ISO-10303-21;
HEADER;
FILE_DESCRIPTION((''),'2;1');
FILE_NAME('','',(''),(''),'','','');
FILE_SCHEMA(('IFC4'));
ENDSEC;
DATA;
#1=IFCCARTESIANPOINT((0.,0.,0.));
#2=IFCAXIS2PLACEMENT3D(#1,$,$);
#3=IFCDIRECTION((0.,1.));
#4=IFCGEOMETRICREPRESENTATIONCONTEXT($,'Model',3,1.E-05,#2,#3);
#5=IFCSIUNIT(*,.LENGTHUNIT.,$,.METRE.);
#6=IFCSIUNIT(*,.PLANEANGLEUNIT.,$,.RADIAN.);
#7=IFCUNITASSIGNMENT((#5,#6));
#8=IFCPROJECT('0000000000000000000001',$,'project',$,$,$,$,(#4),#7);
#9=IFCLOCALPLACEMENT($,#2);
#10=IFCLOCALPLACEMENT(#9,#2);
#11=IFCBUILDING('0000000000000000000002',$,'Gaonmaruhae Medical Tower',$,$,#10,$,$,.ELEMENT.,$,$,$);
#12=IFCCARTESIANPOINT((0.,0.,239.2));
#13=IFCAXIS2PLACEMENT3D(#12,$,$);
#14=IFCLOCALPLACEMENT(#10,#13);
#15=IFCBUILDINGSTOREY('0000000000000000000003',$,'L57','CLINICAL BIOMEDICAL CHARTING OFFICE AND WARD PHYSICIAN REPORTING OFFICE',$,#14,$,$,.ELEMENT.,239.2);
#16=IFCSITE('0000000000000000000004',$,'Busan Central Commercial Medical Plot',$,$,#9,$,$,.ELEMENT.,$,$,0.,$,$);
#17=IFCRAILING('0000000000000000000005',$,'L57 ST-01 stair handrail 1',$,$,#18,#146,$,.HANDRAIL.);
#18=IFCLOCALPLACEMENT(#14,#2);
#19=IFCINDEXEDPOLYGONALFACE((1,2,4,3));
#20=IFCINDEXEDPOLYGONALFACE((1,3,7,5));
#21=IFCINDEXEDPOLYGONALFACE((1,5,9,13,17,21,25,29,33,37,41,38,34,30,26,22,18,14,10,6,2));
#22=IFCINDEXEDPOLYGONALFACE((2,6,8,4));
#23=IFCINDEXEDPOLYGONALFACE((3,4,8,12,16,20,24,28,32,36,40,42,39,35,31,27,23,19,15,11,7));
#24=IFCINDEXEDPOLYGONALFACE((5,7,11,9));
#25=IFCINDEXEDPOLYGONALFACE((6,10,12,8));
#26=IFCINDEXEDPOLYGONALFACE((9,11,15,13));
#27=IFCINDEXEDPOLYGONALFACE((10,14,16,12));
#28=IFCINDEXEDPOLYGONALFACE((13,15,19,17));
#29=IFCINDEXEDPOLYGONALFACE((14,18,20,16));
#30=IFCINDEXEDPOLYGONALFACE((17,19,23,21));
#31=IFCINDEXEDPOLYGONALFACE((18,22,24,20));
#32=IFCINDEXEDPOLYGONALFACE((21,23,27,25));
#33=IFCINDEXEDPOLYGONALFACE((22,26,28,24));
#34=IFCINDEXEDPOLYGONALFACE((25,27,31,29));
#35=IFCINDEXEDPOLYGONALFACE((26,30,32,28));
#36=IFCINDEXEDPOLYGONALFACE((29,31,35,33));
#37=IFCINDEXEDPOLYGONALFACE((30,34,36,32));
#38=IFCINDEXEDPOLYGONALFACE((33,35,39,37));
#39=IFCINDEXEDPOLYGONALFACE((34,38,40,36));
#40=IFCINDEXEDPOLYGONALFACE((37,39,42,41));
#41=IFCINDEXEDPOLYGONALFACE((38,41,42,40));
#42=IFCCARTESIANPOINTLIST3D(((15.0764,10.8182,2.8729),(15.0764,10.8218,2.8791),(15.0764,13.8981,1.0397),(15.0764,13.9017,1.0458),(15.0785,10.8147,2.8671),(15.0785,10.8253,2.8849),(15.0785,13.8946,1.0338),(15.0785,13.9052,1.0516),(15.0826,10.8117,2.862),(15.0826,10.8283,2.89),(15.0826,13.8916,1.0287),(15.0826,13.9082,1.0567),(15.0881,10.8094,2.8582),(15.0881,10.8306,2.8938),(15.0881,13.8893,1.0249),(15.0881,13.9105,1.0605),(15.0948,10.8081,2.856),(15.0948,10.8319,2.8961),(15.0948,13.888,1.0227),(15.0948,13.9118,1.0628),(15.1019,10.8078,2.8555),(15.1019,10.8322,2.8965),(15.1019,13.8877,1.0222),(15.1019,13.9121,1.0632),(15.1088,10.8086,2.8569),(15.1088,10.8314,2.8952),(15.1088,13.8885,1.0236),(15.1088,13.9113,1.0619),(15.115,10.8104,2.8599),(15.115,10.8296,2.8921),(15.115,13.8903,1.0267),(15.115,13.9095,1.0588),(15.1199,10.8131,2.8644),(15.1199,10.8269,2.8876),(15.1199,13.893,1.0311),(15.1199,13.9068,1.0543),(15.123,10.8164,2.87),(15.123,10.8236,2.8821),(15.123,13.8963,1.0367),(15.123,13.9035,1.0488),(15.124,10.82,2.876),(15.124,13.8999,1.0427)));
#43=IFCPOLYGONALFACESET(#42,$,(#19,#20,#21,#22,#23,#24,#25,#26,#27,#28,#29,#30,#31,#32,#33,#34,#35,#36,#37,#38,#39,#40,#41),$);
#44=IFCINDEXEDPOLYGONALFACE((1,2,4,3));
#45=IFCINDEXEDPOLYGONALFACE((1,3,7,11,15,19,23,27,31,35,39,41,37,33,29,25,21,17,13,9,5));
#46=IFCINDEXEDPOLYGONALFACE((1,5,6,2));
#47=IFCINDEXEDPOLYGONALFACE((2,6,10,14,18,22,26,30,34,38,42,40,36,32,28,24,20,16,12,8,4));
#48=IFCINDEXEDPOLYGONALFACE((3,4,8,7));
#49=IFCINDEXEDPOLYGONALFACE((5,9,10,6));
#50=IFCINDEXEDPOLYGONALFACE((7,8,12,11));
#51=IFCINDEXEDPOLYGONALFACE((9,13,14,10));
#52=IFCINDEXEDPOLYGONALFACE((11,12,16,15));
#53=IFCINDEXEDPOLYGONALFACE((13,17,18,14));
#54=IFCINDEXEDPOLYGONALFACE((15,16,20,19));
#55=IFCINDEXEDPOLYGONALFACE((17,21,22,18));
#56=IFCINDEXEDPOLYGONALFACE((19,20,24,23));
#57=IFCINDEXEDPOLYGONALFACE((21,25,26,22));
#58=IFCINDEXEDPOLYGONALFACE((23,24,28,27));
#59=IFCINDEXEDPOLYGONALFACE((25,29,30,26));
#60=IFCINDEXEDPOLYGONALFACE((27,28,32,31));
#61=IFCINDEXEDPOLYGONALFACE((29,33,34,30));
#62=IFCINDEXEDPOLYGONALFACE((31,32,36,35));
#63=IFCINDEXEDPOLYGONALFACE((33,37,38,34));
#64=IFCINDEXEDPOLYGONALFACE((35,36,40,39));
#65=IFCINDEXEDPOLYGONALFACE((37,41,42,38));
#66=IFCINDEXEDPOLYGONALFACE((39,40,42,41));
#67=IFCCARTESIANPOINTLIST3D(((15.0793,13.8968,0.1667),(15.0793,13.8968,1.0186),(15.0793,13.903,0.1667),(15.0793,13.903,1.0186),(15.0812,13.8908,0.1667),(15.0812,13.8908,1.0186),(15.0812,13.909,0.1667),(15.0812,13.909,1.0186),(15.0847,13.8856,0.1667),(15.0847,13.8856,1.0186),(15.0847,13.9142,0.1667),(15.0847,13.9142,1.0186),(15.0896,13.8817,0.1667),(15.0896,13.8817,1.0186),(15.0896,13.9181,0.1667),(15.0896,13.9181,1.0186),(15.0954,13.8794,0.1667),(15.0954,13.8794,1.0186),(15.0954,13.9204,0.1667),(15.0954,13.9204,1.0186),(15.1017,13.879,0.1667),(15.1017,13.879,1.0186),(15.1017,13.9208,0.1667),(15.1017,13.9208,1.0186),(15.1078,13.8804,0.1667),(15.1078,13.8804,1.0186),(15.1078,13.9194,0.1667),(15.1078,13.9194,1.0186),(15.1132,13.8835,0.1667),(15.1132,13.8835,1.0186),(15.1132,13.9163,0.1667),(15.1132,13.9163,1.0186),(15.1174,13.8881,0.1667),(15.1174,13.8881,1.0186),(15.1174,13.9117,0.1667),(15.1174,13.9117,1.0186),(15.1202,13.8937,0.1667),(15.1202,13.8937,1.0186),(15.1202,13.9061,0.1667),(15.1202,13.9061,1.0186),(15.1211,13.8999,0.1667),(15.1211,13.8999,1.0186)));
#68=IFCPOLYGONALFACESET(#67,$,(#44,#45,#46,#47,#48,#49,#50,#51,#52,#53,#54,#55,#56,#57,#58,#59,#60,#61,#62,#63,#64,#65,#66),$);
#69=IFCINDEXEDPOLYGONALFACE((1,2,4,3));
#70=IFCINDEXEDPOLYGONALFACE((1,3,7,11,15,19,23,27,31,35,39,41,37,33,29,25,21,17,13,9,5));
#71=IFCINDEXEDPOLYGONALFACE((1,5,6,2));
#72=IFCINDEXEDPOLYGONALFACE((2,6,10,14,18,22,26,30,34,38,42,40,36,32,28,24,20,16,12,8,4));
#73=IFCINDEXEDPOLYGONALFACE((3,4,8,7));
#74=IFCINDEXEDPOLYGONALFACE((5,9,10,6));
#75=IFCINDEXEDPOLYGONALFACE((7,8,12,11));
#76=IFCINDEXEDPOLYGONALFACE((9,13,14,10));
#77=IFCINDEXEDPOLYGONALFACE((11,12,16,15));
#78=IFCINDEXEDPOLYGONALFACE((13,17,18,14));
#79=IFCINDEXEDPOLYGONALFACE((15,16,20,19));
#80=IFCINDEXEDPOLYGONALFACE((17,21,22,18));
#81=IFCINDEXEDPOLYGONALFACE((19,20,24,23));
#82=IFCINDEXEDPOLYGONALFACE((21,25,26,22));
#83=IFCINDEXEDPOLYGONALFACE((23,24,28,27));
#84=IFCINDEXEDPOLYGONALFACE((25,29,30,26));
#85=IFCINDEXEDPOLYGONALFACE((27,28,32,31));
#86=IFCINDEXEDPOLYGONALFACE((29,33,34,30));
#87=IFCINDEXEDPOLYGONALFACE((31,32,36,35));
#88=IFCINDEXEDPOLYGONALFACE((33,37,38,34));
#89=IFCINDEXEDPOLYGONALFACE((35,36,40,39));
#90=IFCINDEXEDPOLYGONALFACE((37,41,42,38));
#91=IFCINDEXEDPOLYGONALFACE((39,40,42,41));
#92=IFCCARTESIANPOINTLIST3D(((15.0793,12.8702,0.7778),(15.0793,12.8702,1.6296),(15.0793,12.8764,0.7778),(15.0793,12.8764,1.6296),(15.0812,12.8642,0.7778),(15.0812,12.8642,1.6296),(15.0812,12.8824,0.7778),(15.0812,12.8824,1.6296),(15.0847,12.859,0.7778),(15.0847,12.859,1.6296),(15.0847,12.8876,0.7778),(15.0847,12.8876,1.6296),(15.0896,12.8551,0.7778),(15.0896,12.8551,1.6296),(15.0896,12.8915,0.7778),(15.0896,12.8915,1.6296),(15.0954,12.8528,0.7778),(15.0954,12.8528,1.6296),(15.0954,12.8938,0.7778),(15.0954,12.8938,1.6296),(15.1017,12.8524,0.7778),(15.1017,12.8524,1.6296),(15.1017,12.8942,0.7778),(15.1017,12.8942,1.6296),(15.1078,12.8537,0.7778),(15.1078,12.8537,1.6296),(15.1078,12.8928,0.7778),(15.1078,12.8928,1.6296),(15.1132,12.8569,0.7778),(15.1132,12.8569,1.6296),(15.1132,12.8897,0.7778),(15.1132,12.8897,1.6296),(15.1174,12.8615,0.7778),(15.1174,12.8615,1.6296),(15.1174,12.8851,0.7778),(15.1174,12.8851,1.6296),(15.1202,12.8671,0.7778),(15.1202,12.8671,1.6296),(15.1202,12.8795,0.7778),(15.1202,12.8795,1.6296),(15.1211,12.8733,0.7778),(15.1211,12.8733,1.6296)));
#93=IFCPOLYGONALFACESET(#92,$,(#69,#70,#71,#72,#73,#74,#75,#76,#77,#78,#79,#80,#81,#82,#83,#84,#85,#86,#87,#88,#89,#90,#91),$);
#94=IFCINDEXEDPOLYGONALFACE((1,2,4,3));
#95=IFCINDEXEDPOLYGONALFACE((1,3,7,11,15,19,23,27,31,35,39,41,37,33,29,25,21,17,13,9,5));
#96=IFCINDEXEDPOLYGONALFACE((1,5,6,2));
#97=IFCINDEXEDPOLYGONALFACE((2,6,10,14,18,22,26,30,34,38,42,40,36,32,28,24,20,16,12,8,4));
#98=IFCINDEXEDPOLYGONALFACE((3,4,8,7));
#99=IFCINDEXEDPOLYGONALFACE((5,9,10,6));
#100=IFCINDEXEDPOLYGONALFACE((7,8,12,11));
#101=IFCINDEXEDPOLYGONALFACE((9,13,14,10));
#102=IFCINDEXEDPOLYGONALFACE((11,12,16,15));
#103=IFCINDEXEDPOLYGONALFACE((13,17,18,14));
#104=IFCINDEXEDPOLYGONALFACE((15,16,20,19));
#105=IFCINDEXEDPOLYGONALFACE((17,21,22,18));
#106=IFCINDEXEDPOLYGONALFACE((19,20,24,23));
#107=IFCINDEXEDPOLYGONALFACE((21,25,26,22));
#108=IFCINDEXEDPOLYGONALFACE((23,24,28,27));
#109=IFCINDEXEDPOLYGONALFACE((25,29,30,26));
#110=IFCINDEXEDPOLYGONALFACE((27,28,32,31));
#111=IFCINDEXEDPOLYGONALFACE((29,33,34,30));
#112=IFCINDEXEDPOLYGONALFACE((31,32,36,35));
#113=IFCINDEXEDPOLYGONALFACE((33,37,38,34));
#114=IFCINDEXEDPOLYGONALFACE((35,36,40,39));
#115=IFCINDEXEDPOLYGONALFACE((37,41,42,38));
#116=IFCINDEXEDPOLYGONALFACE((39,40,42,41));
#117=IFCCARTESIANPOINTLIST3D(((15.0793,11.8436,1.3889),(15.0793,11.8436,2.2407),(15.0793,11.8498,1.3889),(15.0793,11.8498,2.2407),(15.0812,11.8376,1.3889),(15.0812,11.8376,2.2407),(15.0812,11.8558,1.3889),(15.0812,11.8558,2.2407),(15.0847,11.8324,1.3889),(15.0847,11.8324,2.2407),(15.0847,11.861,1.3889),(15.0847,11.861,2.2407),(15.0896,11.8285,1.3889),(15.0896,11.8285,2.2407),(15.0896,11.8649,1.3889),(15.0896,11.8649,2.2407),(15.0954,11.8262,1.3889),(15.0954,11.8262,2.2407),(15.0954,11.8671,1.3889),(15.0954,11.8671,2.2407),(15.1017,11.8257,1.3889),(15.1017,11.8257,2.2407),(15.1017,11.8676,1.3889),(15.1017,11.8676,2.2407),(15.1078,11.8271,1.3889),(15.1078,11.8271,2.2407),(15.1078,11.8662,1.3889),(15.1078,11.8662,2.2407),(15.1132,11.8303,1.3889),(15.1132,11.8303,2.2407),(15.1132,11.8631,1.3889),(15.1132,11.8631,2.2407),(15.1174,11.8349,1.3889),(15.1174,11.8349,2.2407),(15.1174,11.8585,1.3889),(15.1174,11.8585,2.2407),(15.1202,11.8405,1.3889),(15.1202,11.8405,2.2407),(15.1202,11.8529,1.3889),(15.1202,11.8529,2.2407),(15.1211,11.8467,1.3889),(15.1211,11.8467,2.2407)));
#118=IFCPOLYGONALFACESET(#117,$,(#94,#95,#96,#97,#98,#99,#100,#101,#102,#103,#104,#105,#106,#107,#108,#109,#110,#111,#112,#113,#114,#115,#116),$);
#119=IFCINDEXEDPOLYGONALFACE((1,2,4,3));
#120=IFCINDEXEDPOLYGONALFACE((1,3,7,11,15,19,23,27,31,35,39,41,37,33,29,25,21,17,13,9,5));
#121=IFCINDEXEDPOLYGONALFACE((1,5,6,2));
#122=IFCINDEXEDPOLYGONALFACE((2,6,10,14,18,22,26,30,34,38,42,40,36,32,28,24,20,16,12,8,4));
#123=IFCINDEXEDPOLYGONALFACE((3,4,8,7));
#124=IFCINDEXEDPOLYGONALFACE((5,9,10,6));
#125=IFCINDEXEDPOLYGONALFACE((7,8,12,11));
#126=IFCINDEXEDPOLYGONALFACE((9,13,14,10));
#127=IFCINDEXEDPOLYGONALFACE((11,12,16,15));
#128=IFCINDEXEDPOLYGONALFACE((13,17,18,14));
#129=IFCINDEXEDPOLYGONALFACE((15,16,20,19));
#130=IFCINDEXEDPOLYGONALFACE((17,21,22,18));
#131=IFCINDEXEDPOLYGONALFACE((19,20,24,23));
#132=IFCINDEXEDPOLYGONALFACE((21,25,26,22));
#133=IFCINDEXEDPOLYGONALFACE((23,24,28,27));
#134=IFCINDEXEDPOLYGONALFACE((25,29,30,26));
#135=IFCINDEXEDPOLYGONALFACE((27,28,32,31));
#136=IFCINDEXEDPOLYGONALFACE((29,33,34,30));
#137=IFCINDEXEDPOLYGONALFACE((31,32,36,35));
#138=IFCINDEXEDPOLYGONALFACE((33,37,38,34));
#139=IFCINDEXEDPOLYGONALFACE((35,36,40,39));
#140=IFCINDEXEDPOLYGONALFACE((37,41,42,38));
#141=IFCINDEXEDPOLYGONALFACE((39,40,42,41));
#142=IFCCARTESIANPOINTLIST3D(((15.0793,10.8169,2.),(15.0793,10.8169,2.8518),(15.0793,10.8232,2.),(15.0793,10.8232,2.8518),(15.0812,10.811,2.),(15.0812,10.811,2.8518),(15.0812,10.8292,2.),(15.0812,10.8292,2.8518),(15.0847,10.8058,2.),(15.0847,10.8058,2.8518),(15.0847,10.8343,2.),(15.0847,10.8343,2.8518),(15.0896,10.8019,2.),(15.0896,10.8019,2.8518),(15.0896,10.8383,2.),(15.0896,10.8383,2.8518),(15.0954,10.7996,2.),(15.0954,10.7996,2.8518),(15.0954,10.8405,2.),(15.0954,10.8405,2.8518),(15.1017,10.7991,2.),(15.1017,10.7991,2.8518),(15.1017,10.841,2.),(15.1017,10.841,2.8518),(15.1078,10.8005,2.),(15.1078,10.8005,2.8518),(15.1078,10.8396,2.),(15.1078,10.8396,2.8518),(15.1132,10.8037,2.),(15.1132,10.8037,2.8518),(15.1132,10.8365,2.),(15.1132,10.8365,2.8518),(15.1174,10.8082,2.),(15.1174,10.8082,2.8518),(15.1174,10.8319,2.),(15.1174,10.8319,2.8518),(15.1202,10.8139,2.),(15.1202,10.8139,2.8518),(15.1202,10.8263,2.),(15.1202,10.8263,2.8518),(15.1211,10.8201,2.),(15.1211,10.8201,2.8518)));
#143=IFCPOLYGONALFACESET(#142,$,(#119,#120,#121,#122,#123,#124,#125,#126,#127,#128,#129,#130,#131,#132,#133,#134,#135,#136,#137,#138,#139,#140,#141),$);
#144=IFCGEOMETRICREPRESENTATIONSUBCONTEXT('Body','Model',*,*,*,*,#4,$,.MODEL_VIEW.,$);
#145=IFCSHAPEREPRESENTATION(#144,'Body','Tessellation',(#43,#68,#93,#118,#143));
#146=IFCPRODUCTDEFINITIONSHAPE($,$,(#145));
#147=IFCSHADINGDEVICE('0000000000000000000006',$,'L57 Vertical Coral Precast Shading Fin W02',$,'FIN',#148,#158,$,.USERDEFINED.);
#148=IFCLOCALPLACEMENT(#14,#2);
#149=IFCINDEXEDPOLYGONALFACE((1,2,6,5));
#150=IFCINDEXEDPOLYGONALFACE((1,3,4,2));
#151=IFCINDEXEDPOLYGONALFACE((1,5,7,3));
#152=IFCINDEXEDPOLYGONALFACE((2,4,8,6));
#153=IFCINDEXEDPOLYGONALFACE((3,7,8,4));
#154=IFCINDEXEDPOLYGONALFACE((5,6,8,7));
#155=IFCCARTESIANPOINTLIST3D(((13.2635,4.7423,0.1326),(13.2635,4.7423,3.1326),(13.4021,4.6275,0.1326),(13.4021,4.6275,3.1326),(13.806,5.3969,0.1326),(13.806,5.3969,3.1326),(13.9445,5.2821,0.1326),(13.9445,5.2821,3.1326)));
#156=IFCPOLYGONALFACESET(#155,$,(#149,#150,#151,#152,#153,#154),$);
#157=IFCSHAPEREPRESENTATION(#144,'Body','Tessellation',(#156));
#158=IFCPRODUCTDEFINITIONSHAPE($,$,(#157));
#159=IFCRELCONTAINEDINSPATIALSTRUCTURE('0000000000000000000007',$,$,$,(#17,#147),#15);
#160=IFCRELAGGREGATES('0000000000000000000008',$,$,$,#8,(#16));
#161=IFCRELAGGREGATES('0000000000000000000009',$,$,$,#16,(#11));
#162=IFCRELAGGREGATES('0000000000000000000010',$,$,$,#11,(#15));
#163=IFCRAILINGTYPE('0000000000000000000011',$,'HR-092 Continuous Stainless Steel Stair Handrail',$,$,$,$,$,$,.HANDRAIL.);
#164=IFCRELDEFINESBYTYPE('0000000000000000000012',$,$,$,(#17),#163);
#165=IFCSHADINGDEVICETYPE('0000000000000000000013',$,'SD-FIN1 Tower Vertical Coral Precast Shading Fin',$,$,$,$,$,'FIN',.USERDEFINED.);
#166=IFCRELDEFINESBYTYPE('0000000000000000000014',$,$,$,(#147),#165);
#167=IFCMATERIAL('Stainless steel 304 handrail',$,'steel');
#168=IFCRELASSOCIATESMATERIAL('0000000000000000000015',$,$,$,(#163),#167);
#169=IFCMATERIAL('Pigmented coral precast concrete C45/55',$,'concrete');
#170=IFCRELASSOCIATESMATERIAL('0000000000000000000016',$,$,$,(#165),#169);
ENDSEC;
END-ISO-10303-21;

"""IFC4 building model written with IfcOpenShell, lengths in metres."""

from ifc_helpers import new_model, si_unit, direction, frame, origin, origin_2d, place, context, subcontext, project, spatial, rectangle, circle, extrude, material, type_object, element, save


model = new_model("IFC4")

# Units and contexts
model_context = context("Model", 3, precision=1e-05, world=origin(), true_north=direction((0.0, 1.0)))
body_context = subcontext(model_context, "Body", "Model", "MODEL_VIEW")
ifc_project = project(units=[si_unit("LENGTHUNIT", "METRE"), si_unit("PLANEANGLEUNIT", "RADIAN")], contexts=[model_context])

# Site, building, storey
site_placement = place(None, origin())
site = spatial("IfcSite", under=ifc_project, at=site_placement, Name="Busan Central Commercial Medical Plot", CompositionType="ELEMENT", RefElevation=0.0)
building_placement = place(site_placement, origin())
building = spatial("IfcBuilding", under=site, at=building_placement, Name="Gaonmaruhae Medical Tower", CompositionType="ELEMENT")
storey_placement = place(building_placement, frame((0.0, 0.0, 239.2)))
storey = spatial("IfcBuildingStorey", under=building, at=storey_placement, Name="L57", Description="CLINICAL BIOMEDICAL CHARTING OFFICE AND WARD PHYSICIAN REPORTING OFFICE", CompositionType="ELEMENT", Elevation=239.2)

# Railing
ifc_material_1 = material(Name="Stainless steel 304 handrail", Category="steel")
railing_type_1 = type_object("IfcRailingType", Name="HR-092 Continuous Stainless Steel Stair Handrail", PredefinedType="HANDRAIL", material=ifc_material_1)
railing_1_placement = place(storey_placement, frame((15.1001, 13.8999, 0.1667)))
element("IfcRailing", 1, at=railing_1_placement, inside=storey, type_object=railing_type_1, Name="L57 ST-01 stair handrail 1", PredefinedType="HANDRAIL", context=body_context, shape_type="SweptSolid", body=[
    extrude(circle(Radius=0.0239, at=origin_2d()), frame((0.0, 0.0, 0.876), z_axis=(0.0, -0.859291, 0.511487), x_axis=(1.0, 0.0, 0.0)), (0.0, 0.0, 1.0), 3.5842),
    extrude(circle(Radius=0.021, at=origin_2d()), origin(), (0.0, 0.0, 1.0), 0.8518),
    extrude(circle(Radius=0.021, at=origin_2d()), frame((0.0, -1.0266, 0.6111)), (0.0, 0.0, 1.0), 0.8518),
    extrude(circle(Radius=0.021, at=origin_2d()), frame((0.0, -2.0532, 1.2222)), (0.0, 0.0, 1.0), 0.8518),
    extrude(circle(Radius=0.021, at=origin_2d()), frame((0.0, -3.0798, 1.8333)), (0.0, 0.0, 1.0), 0.8518),
])

# Shading device
ifc_material_2 = material(Name="Pigmented coral precast concrete C45/55", Category="concrete")
shading_device_type = type_object("IfcShadingDeviceType", Name="SD-FIN1 Tower Vertical Coral Precast Shading Fin", ElementType="FIN", PredefinedType="USERDEFINED", material=ifc_material_2)
shading_device_placement = place(storey_placement, frame((13.604, 5.0122, 0.1326), z_axis=(0.0, 0.0, 1.0), x_axis=(-0.769957, 0.638096, 0.0)))
element("IfcShadingDevice", 2, at=shading_device_placement, inside=storey, type_object=shading_device_type, Name="L57 Vertical Coral Precast Shading Fin W02", ObjectType="FIN", PredefinedType="USERDEFINED", context=body_context, shape_type="SweptSolid", body=[
    extrude(rectangle(XDim=0.1799, YDim=0.8501, at=origin_2d()), origin(), (0.0, 0.0, 1.0), 3.0),
])

save(model, "model.ifc")
